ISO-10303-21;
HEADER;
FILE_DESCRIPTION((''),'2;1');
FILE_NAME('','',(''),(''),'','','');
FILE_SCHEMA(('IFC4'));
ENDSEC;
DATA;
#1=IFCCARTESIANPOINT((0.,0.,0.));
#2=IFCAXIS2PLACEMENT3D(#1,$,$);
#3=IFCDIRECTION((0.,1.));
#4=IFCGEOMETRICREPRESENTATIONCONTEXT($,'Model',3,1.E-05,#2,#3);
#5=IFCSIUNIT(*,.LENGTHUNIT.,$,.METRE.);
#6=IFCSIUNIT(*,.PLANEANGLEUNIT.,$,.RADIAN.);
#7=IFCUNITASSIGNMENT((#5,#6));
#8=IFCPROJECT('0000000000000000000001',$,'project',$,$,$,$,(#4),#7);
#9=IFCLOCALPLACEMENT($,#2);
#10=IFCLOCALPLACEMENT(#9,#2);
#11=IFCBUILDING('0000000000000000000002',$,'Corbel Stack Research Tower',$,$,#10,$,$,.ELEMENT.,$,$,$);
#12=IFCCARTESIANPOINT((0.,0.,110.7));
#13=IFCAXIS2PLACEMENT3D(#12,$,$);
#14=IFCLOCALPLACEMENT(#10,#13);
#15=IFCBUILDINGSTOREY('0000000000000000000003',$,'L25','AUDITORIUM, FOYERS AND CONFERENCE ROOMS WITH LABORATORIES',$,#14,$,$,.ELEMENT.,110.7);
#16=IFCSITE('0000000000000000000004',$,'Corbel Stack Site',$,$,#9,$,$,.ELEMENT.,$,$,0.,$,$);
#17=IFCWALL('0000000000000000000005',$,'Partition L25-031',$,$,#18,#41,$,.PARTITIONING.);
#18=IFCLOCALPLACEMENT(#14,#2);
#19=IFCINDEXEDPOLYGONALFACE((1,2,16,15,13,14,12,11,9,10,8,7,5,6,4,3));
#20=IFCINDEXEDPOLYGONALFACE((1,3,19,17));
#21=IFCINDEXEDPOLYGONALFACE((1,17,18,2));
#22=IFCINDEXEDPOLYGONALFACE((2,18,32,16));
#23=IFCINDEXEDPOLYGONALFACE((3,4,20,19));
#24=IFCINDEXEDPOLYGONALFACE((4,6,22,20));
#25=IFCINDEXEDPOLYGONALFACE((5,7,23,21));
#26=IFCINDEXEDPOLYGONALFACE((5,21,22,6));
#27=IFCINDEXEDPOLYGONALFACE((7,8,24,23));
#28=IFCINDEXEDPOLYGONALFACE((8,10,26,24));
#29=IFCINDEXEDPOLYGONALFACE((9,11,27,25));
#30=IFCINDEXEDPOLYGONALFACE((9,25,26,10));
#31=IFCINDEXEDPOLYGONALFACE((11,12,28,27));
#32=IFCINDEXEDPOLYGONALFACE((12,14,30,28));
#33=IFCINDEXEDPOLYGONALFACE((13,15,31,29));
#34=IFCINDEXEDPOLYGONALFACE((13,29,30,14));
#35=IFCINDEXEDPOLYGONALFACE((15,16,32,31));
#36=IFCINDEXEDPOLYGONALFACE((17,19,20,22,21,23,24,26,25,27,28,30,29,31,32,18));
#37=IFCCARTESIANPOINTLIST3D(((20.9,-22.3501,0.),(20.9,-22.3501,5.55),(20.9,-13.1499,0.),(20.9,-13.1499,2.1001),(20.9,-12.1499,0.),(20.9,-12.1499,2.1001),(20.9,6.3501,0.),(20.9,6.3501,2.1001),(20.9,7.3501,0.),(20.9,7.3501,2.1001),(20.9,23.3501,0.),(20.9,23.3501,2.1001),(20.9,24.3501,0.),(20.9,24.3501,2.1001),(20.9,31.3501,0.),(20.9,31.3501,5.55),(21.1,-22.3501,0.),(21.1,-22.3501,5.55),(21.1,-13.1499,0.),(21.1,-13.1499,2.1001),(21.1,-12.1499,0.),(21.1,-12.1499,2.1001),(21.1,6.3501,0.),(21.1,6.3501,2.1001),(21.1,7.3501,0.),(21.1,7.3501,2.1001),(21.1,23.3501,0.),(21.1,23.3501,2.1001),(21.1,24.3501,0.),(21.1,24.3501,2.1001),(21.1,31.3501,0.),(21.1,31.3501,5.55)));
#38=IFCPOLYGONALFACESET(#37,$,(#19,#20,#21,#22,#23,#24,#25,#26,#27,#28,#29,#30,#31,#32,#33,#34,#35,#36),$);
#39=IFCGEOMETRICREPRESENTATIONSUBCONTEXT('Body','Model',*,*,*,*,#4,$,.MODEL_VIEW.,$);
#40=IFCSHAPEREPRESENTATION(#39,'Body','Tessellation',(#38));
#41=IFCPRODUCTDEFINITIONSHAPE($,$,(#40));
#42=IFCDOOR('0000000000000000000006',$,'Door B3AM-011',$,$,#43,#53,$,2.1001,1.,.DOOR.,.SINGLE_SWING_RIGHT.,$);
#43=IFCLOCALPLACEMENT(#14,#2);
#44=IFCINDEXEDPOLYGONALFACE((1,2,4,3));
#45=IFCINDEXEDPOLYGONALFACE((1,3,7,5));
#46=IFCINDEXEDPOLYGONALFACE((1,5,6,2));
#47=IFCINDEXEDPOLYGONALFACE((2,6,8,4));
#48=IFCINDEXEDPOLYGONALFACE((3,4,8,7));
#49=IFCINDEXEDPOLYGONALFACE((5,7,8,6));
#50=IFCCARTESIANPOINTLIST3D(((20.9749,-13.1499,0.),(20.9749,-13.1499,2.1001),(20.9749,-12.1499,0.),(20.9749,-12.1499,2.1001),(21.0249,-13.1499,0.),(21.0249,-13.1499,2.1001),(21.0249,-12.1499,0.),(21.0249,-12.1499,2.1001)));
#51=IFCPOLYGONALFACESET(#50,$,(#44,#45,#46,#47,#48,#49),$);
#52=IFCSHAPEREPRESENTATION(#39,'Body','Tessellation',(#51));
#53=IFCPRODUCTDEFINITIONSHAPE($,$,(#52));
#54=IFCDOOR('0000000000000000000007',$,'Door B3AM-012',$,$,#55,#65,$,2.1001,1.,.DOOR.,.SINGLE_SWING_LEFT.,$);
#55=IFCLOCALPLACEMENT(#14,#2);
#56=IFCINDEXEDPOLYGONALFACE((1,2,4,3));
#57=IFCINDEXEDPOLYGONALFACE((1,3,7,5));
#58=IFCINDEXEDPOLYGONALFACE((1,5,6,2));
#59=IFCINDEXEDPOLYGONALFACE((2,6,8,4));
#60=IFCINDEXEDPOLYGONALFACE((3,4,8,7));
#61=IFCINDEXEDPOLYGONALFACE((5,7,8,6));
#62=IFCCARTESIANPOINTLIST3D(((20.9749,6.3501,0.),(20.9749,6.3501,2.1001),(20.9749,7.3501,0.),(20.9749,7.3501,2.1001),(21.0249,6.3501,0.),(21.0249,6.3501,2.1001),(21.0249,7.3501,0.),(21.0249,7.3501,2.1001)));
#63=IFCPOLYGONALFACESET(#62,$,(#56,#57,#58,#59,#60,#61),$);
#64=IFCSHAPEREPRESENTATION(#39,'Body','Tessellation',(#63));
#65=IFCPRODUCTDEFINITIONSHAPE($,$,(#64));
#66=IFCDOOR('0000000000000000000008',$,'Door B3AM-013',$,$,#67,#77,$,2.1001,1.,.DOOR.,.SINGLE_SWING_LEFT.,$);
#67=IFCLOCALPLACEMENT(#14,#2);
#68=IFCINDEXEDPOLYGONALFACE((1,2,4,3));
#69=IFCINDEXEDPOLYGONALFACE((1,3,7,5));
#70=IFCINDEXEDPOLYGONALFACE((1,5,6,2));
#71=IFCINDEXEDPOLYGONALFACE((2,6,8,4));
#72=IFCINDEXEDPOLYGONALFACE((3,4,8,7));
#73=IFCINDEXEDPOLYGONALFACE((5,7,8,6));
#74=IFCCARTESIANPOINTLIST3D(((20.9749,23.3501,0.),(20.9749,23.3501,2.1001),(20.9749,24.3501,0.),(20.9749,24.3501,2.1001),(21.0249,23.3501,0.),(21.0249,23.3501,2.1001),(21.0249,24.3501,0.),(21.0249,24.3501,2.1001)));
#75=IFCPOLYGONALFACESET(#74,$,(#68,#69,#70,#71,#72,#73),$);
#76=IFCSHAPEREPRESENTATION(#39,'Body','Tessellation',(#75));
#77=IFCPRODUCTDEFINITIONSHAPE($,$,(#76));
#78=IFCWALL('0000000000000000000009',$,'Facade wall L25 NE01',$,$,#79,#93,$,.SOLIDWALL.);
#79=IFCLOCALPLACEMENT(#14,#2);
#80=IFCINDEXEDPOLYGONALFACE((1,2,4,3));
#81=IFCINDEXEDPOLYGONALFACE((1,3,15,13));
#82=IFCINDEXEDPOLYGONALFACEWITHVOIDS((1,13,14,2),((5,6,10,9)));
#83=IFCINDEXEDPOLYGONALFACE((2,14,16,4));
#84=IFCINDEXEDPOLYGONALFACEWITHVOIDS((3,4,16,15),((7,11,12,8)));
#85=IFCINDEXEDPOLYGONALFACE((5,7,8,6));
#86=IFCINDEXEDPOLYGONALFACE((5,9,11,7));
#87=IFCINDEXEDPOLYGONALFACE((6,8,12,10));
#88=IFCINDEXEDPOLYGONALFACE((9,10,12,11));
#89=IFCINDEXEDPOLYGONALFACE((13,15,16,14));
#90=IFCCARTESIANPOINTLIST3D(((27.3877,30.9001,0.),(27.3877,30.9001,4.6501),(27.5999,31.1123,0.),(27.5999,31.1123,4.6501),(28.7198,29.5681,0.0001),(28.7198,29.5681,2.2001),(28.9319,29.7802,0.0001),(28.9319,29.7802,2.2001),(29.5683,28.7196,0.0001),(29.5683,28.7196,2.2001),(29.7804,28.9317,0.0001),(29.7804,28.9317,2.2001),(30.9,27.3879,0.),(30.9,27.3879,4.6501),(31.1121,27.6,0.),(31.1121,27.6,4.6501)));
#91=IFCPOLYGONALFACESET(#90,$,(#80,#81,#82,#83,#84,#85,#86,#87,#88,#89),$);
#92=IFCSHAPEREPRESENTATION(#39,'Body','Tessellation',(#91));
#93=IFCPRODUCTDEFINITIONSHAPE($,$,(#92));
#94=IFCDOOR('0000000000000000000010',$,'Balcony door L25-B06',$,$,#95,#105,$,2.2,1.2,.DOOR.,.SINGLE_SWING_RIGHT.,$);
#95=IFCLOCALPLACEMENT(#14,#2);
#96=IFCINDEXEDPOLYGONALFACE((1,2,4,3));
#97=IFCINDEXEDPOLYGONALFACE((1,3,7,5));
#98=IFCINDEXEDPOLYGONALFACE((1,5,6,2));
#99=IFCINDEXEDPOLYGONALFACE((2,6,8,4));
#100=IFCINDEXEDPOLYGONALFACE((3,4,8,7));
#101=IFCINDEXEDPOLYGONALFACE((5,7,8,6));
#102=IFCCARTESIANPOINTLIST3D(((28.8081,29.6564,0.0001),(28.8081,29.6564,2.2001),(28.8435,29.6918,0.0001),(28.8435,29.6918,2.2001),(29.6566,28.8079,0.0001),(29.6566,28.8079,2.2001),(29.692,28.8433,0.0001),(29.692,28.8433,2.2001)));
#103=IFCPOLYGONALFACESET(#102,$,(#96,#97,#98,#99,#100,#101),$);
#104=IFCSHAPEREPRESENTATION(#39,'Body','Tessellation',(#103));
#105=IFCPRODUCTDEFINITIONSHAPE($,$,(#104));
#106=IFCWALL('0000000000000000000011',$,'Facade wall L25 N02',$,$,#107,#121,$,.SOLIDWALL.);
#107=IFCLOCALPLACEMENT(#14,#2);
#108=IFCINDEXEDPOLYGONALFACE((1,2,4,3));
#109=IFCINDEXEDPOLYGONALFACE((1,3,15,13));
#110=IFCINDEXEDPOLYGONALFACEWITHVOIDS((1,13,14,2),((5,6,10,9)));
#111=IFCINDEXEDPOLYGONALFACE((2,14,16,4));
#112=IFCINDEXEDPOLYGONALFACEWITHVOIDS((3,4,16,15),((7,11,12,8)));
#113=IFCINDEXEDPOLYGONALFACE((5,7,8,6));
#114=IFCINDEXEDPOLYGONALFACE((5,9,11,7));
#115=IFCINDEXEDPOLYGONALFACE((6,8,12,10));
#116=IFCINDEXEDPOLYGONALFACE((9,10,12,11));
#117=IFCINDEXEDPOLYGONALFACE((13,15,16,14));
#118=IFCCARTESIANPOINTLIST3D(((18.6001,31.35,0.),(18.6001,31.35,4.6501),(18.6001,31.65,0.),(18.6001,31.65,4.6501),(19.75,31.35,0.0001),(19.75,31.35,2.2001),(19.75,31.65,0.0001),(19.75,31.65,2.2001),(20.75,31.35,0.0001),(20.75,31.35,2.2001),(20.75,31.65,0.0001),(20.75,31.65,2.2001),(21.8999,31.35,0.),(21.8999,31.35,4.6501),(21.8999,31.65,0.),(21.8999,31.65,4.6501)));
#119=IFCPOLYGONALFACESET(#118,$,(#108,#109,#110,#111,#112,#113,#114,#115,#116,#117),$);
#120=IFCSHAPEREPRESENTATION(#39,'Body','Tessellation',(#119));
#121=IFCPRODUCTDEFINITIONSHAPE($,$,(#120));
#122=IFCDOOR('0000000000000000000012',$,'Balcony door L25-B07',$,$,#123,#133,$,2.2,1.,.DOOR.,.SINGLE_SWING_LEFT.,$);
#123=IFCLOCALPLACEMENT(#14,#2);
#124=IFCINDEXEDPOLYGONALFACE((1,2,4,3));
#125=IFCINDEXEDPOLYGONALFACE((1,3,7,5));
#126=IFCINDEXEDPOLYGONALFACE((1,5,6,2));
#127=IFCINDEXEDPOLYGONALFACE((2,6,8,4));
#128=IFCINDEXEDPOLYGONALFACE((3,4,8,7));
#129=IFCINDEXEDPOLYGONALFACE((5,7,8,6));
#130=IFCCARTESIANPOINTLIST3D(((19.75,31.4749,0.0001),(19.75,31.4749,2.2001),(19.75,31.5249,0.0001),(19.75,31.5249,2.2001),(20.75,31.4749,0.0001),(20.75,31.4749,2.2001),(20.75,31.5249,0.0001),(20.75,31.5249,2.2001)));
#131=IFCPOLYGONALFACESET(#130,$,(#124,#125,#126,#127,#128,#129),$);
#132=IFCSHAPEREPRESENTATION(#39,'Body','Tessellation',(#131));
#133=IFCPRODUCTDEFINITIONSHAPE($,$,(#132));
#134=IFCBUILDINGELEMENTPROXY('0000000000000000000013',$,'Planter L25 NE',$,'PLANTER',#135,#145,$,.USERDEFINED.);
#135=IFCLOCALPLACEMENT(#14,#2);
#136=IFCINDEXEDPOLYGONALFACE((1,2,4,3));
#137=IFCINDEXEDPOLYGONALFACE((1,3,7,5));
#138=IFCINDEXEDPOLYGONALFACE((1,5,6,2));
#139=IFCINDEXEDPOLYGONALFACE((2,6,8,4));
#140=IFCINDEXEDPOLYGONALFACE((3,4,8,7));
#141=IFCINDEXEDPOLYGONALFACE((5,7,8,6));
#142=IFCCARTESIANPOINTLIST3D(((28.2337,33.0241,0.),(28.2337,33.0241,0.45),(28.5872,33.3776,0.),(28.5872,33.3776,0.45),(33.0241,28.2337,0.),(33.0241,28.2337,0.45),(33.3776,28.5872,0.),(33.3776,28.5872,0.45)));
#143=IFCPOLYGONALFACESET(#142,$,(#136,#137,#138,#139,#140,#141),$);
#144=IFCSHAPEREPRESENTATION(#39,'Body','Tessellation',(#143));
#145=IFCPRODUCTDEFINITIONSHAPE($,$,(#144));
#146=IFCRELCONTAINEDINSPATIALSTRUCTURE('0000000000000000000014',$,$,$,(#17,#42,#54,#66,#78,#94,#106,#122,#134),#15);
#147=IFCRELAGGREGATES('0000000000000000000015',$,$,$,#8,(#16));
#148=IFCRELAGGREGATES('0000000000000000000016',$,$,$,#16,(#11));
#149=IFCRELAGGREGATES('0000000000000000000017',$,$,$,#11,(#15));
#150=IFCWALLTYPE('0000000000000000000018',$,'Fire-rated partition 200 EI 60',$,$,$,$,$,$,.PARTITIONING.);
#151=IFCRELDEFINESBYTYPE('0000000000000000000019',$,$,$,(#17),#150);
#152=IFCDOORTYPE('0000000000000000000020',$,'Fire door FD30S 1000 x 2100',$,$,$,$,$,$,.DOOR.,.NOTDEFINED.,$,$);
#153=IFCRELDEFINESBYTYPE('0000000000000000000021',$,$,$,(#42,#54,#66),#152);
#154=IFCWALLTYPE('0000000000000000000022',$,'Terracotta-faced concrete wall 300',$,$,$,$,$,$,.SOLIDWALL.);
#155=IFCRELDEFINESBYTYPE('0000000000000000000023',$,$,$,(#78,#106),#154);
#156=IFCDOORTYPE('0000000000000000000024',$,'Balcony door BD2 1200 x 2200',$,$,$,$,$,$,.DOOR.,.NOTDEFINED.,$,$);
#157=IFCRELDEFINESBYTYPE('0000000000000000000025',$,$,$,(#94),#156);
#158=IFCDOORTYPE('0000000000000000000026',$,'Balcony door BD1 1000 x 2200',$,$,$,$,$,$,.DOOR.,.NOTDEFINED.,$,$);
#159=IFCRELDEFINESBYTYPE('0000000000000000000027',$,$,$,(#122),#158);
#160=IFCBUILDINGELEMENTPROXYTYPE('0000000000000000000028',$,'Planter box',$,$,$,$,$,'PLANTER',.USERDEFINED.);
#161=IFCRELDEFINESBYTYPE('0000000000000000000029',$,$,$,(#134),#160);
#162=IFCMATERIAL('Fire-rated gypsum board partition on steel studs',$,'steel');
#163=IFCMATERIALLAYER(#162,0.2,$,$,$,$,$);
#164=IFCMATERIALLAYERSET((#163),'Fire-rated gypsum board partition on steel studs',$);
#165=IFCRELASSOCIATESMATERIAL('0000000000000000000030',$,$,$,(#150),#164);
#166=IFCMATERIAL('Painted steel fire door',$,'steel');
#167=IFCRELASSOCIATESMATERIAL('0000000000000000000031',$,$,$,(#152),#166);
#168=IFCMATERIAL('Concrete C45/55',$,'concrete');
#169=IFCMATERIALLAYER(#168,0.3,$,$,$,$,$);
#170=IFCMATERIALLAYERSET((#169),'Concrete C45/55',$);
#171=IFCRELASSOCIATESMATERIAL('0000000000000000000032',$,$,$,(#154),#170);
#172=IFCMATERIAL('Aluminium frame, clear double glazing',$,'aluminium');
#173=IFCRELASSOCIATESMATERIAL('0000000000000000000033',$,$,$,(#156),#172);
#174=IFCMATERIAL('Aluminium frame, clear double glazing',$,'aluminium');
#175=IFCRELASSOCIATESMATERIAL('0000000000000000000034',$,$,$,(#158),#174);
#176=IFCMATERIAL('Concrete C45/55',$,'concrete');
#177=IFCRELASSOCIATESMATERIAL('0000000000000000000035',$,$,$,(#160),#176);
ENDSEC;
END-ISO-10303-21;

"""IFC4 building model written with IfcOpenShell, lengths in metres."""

from ifc_helpers import new_model, si_unit, direction, frame, frame_2d, origin, origin_2d, place, context, subcontext, project, spatial, rectangle, extrude, material, layer, layer_set, type_object, element, fill, save


model = new_model("IFC4")

# Units and contexts
model_context = context("Model", 3, precision=1e-05, world=origin(), true_north=direction((0.0, 1.0)))
body_context = subcontext(model_context, "Body", "Model", "MODEL_VIEW")
ifc_project = project(units=[si_unit("LENGTHUNIT", "METRE"), si_unit("PLANEANGLEUNIT", "RADIAN")], contexts=[model_context])

# Site, building, storey
site_placement = place(None, origin())
site = spatial("IfcSite", under=ifc_project, at=site_placement, Name="Corbel Stack Site", CompositionType="ELEMENT", RefElevation=0.0)
building_placement = place(site_placement, origin())
building = spatial("IfcBuilding", under=site, at=building_placement, Name="Corbel Stack Research Tower", CompositionType="ELEMENT")
storey_placement = place(building_placement, frame((0.0, 0.0, 110.7)))
storey = spatial("IfcBuildingStorey", under=building, at=storey_placement, Name="L25", Description="AUDITORIUM, FOYERS AND CONFERENCE ROOMS WITH LABORATORIES", CompositionType="ELEMENT", Elevation=110.7)

# Shared definitions
ifc_material_1 = material(Name="Fire-rated gypsum board partition on steel studs", Category="steel")
ifc_layer_1 = layer(ifc_material_1, 0.2)
ifc_layer_set_1 = layer_set([ifc_layer_1], Name="Fire-rated gypsum board partition on steel studs")
wall_type_1 = type_object("IfcWallType", Name="Fire-rated partition 200 EI 60", PredefinedType="PARTITIONING", material=ifc_layer_set_1)

# Wall, openings, doors
wall_1_placement = place(storey_placement, frame((21.0, 31.3501, 0.0), z_axis=(0.0, 0.0, 1.0), x_axis=(0.0, -1.0, 0.0)))
wall_1 = element("IfcWall", 1, at=wall_1_placement, inside=storey, type_object=wall_type_1, Name="Partition L25-031", PredefinedType="PARTITIONING", context=body_context, shape_type="SweptSolid", body=[
    extrude(rectangle(XDim=53.7002, YDim=0.2, at=frame_2d((26.8501, 0.0))), origin(), (0.0, 0.0, 1.0), 5.55),
])
opening_1_placement = place(wall_1_placement, frame((43.5, 0.0, 0.0)))
opening_1 = element("IfcOpeningElement", 2, at=opening_1_placement, cuts=wall_1, PredefinedType="OPENING", context=body_context, shape_type="SweptSolid", body=[
    extrude(rectangle(XDim=1.0, YDim=2.1001, at=frame_2d((0.5, 1.05))), frame((0.0, 0.1099, 0.0), z_axis=(0.0, -1.0, 0.0), x_axis=(1.0, 0.0, 0.0)), (0.0, 0.0, 1.0), 0.22),
])
opening_2_placement = place(wall_1_placement, frame((24.0, 0.0, 0.0)))
opening_2 = element("IfcOpeningElement", 3, at=opening_2_placement, cuts=wall_1, PredefinedType="OPENING", context=body_context, shape_type="SweptSolid", body=[
    extrude(rectangle(XDim=1.0, YDim=2.1001, at=frame_2d((0.5, 1.05))), frame((0.0, 0.1099, 0.0), z_axis=(0.0, -1.0, 0.0), x_axis=(1.0, 0.0, 0.0)), (0.0, 0.0, 1.0), 0.22),
])
opening_3_placement = place(wall_1_placement, frame((7.0, 0.0, 0.0)))
opening_3 = element("IfcOpeningElement", 4, at=opening_3_placement, cuts=wall_1, PredefinedType="OPENING", context=body_context, shape_type="SweptSolid", body=[
    extrude(rectangle(XDim=1.0, YDim=2.1001, at=frame_2d((0.5, 1.05))), frame((0.0, 0.1099, 0.0), z_axis=(0.0, -1.0, 0.0), x_axis=(1.0, 0.0, 0.0)), (0.0, 0.0, 1.0), 0.22),
])
ifc_material_2 = material(Name="Painted steel fire door", Category="steel")
door_type_1 = type_object("IfcDoorType", Name="Fire door FD30S 1000 x 2100", OperationType="NOTDEFINED", PredefinedType="DOOR", material=ifc_material_2)
door_1_placement = place(opening_1_placement, origin())
door_1 = element("IfcDoor", 5, at=door_1_placement, inside=storey, type_object=door_type_1, Name="Door B3AM-011", OperationType="SINGLE_SWING_RIGHT", OverallHeight=2.1001, OverallWidth=1.0, PredefinedType="DOOR", context=body_context, shape_type="SweptSolid", body=[
    extrude(rectangle(XDim=1.0, YDim=2.1001, at=frame_2d((0.5, 1.05))), frame((0.0, 0.0249, 0.0), z_axis=(0.0, -1.0, 0.0), x_axis=(1.0, 0.0, 0.0)), (0.0, 0.0, 1.0), 0.05),
])
fill(opening_1, door_1)
door_2_placement = place(opening_2_placement, origin())
door_2 = element("IfcDoor", 6, at=door_2_placement, inside=storey, type_object=door_type_1, Name="Door B3AM-012", OperationType="SINGLE_SWING_LEFT", OverallHeight=2.1001, OverallWidth=1.0, PredefinedType="DOOR", context=body_context, shape_type="SweptSolid", body=[
    extrude(rectangle(XDim=1.0, YDim=2.1001, at=frame_2d((0.5, 1.05))), frame((0.0, 0.0249, 0.0), z_axis=(0.0, -1.0, 0.0), x_axis=(1.0, 0.0, 0.0)), (0.0, 0.0, 1.0), 0.05),
])
fill(opening_2, door_2)
door_3_placement = place(opening_3_placement, origin())
door_3 = element("IfcDoor", 7, at=door_3_placement, inside=storey, type_object=door_type_1, Name="Door B3AM-013", OperationType="SINGLE_SWING_LEFT", OverallHeight=2.1001, OverallWidth=1.0, PredefinedType="DOOR", context=body_context, shape_type="SweptSolid", body=[
    extrude(rectangle(XDim=1.0, YDim=2.1001, at=frame_2d((0.5, 1.05))), frame((0.0, 0.0249, 0.0), z_axis=(0.0, -1.0, 0.0), x_axis=(1.0, 0.0, 0.0)), (0.0, 0.0, 1.0), 0.05),
])
fill(opening_3, door_3)

# Walls, openings, doors
ifc_material_3 = material(Name="Concrete C45/55", Category="concrete")
ifc_layer_2 = layer(ifc_material_3, 0.3)
ifc_layer_set_2 = layer_set([ifc_layer_2], Name="Concrete C45/55")
wall_type_2 = type_object("IfcWallType", Name="Terracotta-faced concrete wall 300", PredefinedType="SOLIDWALL", material=ifc_layer_set_2)
wall_2_placement = place(storey_placement, frame((27.4939, 31.0061, 0.0), z_axis=(0.0, 0.0, 1.0), x_axis=(0.707107, -0.707107, 0.0)))
wall_2 = element("IfcWall", 8, at=wall_2_placement, inside=storey, type_object=wall_type_2, Name="Facade wall L25 NE01", PredefinedType="SOLIDWALL", context=body_context, shape_type="SweptSolid", body=[
    extrude(rectangle(XDim=4.967, YDim=0.3, at=frame_2d((2.4834, 0.0))), origin(), (0.0, 0.0, 1.0), 4.6501),
])
opening_4_placement = place(wall_2_placement, frame((1.8835, 0.0, 0.0)))
opening_4 = element("IfcOpeningElement", 9, at=opening_4_placement, cuts=wall_2, PredefinedType="OPENING", context=body_context, shape_type="SweptSolid", body=[
    extrude(rectangle(XDim=1.2, YDim=2.2, at=frame_2d((0.6001, 1.1001))), frame((0.0, 0.1599, 0.0), z_axis=(0.0, -1.0, 0.0), x_axis=(1.0, 0.0, 0.0)), (0.0, 0.0, 1.0), 0.3201),
])
ifc_material_4 = material(Name="Aluminium frame, clear double glazing", Category="aluminium")
door_type_2 = type_object("IfcDoorType", Name="Balcony door BD2 1200 x 2200", OperationType="NOTDEFINED", PredefinedType="DOOR", material=ifc_material_4)
door_4_placement = place(opening_4_placement, origin())
door_4 = element("IfcDoor", 10, at=door_4_placement, inside=storey, type_object=door_type_2, Name="Balcony door L25-B06", OperationType="SINGLE_SWING_RIGHT", OverallHeight=2.2, OverallWidth=1.2, PredefinedType="DOOR", context=body_context, shape_type="SweptSolid", body=[
    extrude(rectangle(XDim=1.2, YDim=2.2, at=frame_2d((0.6001, 1.1001))), frame((0.0, 0.0249, 0.0), z_axis=(0.0, -1.0, 0.0), x_axis=(1.0, 0.0, 0.0)), (0.0, 0.0, 1.0), 0.05),
])
fill(opening_4, door_4)
wall_3_placement = place(storey_placement, frame((18.6001, 31.5, 0.0), z_axis=(0.0, 0.0, 1.0), x_axis=(1.0, 0.0, 0.0)))
wall_3 = element("IfcWall", 11, at=wall_3_placement, inside=storey, type_object=wall_type_2, Name="Facade wall L25 N02", PredefinedType="SOLIDWALL", context=body_context, shape_type="SweptSolid", body=[
    extrude(rectangle(XDim=3.2998, YDim=0.3, at=frame_2d((1.6499, 0.0))), origin(), (0.0, 0.0, 1.0), 4.6501),
])
opening_5_placement = place(wall_3_placement, frame((1.1499, 0.0, 0.0)))
opening_5 = element("IfcOpeningElement", 12, at=opening_5_placement, cuts=wall_3, PredefinedType="OPENING", context=body_context, shape_type="SweptSolid", body=[
    extrude(rectangle(XDim=1.0, YDim=2.2, at=frame_2d((0.5, 1.1001))), frame((0.0, 0.1599, 0.0), z_axis=(0.0, -1.0, 0.0), x_axis=(1.0, 0.0, 0.0)), (0.0, 0.0, 1.0), 0.3201),
])
ifc_material_5 = material(Name="Aluminium frame, clear double glazing", Category="aluminium")
door_type_3 = type_object("IfcDoorType", Name="Balcony door BD1 1000 x 2200", OperationType="NOTDEFINED", PredefinedType="DOOR", material=ifc_material_5)
door_5_placement = place(opening_5_placement, origin())
door_5 = element("IfcDoor", 13, at=door_5_placement, inside=storey, type_object=door_type_3, Name="Balcony door L25-B07", OperationType="SINGLE_SWING_LEFT", OverallHeight=2.2, OverallWidth=1.0, PredefinedType="DOOR", context=body_context, shape_type="SweptSolid", body=[
    extrude(rectangle(XDim=1.0, YDim=2.2, at=frame_2d((0.5, 1.1001))), frame((0.0, 0.0249, 0.0), z_axis=(0.0, -1.0, 0.0), x_axis=(1.0, 0.0, 0.0)), (0.0, 0.0, 1.0), 0.05),
])
fill(opening_5, door_5)

# Building element proxy
ifc_material_6 = material(Name="Concrete C45/55", Category="concrete")
building_element_proxy_type = type_object("IfcBuildingElementProxyType", Name="Planter box", ElementType="PLANTER", PredefinedType="USERDEFINED", material=ifc_material_6)
proxy_placement = place(storey_placement, frame((30.8057, 30.8057, 0.0), z_axis=(0.0, 0.0, 1.0), x_axis=(-0.707107, 0.707107, 0.0)))
element("IfcBuildingElementProxy", 14, at=proxy_placement, inside=storey, type_object=building_element_proxy_type, Name="Planter L25 NE", ObjectType="PLANTER", PredefinedType="USERDEFINED", context=body_context, shape_type="SweptSolid", body=[
    extrude(rectangle(XDim=6.7747, YDim=0.5, at=origin_2d()), origin(), (0.0, 0.0, 1.0), 0.45),
])

save(model, "model.ifc")
